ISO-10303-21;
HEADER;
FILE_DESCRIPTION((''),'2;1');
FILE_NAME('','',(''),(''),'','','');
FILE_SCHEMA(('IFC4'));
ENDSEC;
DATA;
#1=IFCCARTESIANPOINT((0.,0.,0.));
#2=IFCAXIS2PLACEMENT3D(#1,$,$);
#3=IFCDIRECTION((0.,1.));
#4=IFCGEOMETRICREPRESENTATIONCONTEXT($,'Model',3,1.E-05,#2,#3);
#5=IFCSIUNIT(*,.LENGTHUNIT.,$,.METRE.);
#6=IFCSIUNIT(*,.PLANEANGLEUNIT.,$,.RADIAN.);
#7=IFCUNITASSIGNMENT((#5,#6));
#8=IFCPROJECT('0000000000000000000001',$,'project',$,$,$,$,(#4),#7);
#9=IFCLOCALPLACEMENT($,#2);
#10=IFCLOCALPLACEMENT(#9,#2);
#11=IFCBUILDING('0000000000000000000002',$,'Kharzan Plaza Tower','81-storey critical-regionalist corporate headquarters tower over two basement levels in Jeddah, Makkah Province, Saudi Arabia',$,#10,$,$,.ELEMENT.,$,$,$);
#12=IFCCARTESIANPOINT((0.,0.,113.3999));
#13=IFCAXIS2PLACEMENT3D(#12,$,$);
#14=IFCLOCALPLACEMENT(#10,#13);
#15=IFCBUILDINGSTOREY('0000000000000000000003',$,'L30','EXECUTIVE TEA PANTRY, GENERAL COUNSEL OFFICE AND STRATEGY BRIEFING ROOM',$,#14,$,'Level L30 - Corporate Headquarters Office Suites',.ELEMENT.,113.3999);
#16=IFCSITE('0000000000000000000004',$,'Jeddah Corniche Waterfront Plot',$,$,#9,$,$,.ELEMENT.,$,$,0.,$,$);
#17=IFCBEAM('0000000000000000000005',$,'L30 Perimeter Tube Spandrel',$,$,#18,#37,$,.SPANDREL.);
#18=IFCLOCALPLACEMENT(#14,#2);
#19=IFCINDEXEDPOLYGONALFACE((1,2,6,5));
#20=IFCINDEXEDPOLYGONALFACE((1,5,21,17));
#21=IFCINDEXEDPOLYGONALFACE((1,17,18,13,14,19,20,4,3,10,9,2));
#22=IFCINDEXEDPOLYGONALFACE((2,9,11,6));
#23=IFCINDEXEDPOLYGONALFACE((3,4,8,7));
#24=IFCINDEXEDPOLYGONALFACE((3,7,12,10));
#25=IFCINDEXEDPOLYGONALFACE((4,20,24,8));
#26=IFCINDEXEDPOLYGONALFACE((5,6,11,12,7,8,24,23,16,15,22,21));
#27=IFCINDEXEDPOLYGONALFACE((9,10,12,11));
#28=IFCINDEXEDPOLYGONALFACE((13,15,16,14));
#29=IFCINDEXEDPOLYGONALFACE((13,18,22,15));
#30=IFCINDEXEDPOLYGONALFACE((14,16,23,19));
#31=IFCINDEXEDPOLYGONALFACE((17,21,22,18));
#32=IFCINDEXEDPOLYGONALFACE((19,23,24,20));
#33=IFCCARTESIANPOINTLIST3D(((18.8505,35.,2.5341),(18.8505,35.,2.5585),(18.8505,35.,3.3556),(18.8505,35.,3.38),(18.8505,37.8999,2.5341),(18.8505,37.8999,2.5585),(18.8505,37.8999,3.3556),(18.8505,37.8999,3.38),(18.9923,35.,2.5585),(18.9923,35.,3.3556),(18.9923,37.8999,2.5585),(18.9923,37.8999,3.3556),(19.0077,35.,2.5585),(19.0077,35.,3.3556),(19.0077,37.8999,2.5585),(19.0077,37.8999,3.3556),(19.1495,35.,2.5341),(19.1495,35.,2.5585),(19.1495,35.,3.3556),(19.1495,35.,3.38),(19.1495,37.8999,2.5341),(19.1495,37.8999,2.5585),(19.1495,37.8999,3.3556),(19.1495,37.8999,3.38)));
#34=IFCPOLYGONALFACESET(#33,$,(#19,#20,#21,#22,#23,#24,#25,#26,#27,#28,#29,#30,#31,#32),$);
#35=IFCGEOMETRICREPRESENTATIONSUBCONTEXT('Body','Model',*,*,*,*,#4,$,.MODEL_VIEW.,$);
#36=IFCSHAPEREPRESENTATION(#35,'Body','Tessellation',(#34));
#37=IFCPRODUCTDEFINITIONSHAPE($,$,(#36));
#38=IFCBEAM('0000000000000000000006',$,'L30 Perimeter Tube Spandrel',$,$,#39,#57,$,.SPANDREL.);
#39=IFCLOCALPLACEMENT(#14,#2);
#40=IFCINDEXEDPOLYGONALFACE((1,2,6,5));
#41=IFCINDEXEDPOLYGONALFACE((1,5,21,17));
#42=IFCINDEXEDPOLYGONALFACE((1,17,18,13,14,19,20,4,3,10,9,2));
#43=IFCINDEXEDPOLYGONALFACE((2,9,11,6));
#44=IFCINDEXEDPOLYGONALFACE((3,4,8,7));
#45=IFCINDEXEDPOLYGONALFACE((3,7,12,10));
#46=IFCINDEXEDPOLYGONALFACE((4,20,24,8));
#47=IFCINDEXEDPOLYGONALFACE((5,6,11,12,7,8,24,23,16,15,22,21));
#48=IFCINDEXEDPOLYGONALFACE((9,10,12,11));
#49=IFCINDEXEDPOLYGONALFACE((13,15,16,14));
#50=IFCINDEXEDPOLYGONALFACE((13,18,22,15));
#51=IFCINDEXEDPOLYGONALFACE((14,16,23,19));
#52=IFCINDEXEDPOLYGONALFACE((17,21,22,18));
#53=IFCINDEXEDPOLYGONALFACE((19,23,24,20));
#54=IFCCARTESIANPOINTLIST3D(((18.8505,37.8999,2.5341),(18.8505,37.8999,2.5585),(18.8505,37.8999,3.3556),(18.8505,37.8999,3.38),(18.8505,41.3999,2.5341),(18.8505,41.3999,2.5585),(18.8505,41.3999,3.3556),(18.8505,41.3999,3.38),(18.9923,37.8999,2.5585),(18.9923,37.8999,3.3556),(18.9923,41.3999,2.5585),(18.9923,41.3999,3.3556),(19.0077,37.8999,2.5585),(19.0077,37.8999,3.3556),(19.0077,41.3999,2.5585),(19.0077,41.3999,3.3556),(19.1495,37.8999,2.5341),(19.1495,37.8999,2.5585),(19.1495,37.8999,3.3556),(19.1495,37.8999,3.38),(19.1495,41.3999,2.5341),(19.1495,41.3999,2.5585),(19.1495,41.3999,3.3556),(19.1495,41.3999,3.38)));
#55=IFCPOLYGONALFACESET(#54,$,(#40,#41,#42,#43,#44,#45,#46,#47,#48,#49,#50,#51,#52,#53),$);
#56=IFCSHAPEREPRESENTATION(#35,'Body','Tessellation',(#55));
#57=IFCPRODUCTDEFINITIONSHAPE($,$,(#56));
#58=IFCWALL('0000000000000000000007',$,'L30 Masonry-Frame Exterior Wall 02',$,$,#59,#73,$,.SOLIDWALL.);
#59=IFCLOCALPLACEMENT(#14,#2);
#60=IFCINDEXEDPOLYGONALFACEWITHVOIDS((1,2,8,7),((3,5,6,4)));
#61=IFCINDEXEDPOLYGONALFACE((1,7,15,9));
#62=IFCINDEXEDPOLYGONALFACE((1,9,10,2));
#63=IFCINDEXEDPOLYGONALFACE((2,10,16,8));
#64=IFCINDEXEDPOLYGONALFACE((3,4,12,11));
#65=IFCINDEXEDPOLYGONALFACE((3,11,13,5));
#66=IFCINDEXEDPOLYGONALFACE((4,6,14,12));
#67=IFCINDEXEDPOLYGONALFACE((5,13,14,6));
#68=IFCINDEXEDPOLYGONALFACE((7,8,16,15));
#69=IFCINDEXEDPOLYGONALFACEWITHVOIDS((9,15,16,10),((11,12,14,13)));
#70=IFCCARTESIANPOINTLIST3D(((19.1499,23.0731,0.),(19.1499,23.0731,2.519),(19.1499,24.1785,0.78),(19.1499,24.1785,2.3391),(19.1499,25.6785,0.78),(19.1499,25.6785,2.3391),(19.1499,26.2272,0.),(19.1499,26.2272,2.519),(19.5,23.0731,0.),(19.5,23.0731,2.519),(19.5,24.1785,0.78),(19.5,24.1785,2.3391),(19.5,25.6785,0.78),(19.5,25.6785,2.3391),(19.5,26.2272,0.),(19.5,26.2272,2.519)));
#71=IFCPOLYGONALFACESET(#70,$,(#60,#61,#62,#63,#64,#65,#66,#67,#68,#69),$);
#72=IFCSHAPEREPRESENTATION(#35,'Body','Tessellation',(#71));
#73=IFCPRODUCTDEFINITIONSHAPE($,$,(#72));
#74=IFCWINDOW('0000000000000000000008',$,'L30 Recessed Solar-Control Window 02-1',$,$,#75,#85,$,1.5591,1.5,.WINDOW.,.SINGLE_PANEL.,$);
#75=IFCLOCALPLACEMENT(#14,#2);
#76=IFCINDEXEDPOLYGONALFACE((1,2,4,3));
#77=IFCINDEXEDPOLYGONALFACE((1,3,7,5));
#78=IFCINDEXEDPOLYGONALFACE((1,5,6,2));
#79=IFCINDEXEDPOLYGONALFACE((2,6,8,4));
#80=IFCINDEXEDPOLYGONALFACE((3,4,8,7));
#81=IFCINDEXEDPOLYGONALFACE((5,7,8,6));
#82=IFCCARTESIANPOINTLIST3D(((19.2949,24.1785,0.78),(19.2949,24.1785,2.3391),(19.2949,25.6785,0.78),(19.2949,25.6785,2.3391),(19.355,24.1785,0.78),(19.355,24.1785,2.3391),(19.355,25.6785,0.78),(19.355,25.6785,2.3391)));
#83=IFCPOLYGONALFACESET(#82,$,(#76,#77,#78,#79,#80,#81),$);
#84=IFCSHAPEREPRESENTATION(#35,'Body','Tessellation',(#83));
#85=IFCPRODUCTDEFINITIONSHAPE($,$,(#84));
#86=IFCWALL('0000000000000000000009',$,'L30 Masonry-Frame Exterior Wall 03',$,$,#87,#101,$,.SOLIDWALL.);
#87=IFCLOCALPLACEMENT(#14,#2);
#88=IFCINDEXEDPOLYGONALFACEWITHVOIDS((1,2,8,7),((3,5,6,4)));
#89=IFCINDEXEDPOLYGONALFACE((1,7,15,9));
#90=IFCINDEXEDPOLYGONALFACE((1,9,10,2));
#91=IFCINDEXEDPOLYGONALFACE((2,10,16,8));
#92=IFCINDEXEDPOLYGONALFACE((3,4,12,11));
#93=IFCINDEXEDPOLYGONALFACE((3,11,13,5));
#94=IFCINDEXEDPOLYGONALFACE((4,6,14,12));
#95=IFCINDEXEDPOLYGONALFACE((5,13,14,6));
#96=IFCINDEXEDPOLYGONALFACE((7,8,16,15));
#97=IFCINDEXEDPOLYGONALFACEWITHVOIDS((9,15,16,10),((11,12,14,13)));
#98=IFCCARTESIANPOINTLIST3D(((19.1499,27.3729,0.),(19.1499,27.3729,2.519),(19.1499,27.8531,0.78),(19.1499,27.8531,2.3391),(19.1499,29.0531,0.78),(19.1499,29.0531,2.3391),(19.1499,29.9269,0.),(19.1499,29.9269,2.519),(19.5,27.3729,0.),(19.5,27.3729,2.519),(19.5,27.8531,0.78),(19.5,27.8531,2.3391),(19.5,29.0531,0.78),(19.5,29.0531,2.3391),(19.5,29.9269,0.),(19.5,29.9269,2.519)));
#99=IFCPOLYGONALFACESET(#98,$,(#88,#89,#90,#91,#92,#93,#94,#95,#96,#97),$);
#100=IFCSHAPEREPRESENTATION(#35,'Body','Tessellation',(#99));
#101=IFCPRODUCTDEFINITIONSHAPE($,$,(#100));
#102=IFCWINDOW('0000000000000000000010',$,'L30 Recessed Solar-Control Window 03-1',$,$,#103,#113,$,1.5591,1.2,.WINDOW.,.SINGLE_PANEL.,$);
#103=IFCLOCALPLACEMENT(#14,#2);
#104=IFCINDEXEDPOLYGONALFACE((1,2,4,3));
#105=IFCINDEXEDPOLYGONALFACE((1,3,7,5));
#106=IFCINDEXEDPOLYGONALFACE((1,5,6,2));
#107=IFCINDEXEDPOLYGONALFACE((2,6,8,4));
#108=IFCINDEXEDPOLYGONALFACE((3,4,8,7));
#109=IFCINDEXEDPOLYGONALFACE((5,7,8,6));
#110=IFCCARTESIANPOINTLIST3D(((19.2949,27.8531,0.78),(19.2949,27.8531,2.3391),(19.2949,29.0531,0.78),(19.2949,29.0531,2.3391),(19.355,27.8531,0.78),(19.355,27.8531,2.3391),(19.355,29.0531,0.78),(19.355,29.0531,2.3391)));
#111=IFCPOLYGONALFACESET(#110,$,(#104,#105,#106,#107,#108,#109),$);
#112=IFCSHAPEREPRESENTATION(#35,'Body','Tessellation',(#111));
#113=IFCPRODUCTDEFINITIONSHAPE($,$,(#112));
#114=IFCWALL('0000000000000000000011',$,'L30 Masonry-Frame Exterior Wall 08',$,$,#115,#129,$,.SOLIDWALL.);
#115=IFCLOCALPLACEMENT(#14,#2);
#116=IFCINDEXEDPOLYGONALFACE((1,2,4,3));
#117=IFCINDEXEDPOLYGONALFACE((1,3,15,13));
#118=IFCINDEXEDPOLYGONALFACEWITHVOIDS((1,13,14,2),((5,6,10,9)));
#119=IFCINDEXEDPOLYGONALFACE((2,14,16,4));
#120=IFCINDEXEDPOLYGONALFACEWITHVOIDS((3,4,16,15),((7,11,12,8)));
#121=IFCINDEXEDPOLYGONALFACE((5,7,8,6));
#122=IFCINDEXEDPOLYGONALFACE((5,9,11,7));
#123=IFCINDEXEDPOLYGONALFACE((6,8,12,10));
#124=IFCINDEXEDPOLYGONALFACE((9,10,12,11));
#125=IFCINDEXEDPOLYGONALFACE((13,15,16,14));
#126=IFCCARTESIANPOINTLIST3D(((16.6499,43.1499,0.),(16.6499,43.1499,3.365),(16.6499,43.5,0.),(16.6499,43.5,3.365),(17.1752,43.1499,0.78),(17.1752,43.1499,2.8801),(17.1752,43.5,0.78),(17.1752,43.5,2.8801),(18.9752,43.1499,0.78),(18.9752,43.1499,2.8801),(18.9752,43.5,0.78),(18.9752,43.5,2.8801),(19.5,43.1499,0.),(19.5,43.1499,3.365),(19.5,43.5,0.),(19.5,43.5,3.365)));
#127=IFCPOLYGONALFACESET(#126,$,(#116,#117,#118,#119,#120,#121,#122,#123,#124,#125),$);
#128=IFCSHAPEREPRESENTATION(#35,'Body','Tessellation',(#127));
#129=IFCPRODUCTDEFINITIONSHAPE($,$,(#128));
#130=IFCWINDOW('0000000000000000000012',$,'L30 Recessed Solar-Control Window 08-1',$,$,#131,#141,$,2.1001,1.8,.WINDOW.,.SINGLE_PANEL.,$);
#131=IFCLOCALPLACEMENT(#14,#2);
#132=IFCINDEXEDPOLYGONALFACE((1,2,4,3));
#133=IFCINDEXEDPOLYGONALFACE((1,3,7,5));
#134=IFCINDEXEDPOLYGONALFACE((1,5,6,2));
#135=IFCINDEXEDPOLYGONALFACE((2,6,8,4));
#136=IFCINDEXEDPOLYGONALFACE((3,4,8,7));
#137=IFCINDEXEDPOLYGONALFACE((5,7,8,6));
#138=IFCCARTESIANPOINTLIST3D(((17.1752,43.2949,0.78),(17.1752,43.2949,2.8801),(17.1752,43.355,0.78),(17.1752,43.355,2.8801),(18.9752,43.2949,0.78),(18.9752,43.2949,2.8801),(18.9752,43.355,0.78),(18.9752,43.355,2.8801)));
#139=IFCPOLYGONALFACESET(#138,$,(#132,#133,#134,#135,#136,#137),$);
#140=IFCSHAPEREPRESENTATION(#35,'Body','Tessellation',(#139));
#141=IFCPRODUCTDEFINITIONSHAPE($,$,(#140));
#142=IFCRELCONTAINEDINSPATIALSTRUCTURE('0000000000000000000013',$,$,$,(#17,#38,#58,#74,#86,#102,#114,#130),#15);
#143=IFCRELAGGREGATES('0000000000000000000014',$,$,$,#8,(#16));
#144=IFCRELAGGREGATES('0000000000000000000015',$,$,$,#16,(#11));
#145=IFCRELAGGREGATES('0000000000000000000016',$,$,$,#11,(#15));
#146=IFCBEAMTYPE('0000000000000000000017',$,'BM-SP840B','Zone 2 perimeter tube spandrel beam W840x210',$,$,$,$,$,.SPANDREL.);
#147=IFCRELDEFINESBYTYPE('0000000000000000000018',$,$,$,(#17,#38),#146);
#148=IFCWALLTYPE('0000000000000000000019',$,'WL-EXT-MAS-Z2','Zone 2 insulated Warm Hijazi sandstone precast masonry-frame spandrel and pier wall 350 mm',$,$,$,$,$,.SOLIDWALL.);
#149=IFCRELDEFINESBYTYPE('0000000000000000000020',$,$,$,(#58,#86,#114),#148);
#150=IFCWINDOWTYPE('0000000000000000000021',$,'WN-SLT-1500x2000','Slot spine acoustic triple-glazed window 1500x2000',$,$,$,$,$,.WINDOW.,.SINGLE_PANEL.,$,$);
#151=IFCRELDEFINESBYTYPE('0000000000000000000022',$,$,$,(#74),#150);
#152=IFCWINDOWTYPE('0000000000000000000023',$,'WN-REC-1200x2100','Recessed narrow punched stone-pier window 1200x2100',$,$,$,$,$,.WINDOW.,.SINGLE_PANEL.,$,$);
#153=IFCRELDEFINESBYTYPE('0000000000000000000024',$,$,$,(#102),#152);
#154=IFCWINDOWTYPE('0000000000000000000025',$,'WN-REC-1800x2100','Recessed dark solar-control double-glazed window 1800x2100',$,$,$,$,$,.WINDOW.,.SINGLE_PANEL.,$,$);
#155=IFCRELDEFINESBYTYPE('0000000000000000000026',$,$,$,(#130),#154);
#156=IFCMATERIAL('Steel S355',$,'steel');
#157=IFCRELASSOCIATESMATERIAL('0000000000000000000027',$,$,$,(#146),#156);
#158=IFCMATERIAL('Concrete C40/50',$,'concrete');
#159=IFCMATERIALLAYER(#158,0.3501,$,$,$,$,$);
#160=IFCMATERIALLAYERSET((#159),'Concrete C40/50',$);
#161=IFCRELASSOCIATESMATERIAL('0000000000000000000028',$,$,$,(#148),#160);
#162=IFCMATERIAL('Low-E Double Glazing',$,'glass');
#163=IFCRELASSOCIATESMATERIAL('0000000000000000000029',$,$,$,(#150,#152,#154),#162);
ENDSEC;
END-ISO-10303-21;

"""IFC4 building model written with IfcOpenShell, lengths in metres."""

from ifc_helpers import new_model, si_unit, direction, frame, frame_2d, origin, origin_2d, place, context, subcontext, project, spatial, rectangle, i_section, extrude, source, transform, mapped, material, layer, layer_set, material_profile, profile_set, type_object, element, fill, save


model = new_model("IFC4")

# Units and contexts
model_context = context("Model", 3, precision=1e-05, world=origin(), true_north=direction((0.0, 1.0)))
body_context = subcontext(model_context, "Body", "Model", "MODEL_VIEW")
ifc_project = project(units=[si_unit("LENGTHUNIT", "METRE"), si_unit("PLANEANGLEUNIT", "RADIAN")], contexts=[model_context])

# Site, building, storey
site_placement = place(None, origin())
site = spatial("IfcSite", under=ifc_project, at=site_placement, Name="Jeddah Corniche Waterfront Plot", CompositionType="ELEMENT", RefElevation=0.0)
building_placement = place(site_placement, origin())
building = spatial("IfcBuilding", under=site, at=building_placement, Name="Kharzan Plaza Tower", Description="81-storey critical-regionalist corporate headquarters tower over two basement levels in Jeddah, Makkah Province, Saudi Arabia", CompositionType="ELEMENT")
storey_placement = place(building_placement, frame((0.0, 0.0, 113.3999)))
storey = spatial("IfcBuildingStorey", under=building, at=storey_placement, Name="L30", Description="EXECUTIVE TEA PANTRY, GENERAL COUNSEL OFFICE AND STRATEGY BRIEFING ROOM", LongName="Level L30 - Corporate Headquarters Office Suites", CompositionType="ELEMENT", Elevation=113.3999)

# Beams
ifc_material_1 = material(Name="Steel S355", Category="steel")
ifc_material_profile_1 = material_profile(ifc_material_1, i_section(OverallWidth=0.2991, OverallDepth=0.8459, WebThickness=0.0154, FlangeThickness=0.0244, at=origin_2d()), Name="W840x210")
ifc_profile_set_1 = profile_set([ifc_material_profile_1], Name="Steel S355")
beam_type = type_object("IfcBeamType", Name="BM-SP840B", Description="Zone 2 perimeter tube spandrel beam W840x210", PredefinedType="SPANDREL", material=ifc_profile_set_1)
shared_shape_1 = source(origin(), body_context, "Body", "SweptSolid", [
    extrude(i_section(OverallWidth=0.2991, OverallDepth=0.8459, WebThickness=0.0154, FlangeThickness=0.0244, at=origin_2d()), origin(), (0.0, 0.0, 1.0), 2.8999),
])
beam_1_placement = place(storey_placement, frame((19.0, 35.0, 2.957), z_axis=(0.0, 1.0, 0.0), x_axis=(-1.0, 0.0, 0.0)))
element("IfcBeam", 1, at=beam_1_placement, inside=storey, type_object=beam_type, Name="L30 Perimeter Tube Spandrel", PredefinedType="SPANDREL", context=body_context, shape_type="MappedRepresentation", body=[
    mapped(shared_shape_1, transform((0.0, 0.0, 0.0), x_axis=(1.0, 0.0, 0.0), y_axis=(0.0, 1.0, 0.0), z_axis=(0.0, 0.0, 1.0))),
])
shared_shape_2 = source(origin(), body_context, "Body", "SweptSolid", [
    extrude(i_section(OverallWidth=0.2991, OverallDepth=0.8459, WebThickness=0.0154, FlangeThickness=0.0244, at=origin_2d()), origin(), (0.0, 0.0, 1.0), 3.5),
])
beam_2_placement = place(storey_placement, frame((19.0, 37.8999, 2.957), z_axis=(0.0, 1.0, 0.0), x_axis=(-1.0, 0.0, 0.0)))
element("IfcBeam", 2, at=beam_2_placement, inside=storey, type_object=beam_type, Name="L30 Perimeter Tube Spandrel", PredefinedType="SPANDREL", context=body_context, shape_type="MappedRepresentation", body=[
    mapped(shared_shape_2, transform((0.0, 0.0, 0.0), x_axis=(1.0, 0.0, 0.0), y_axis=(0.0, 1.0, 0.0), z_axis=(0.0, 0.0, 1.0))),
])

# Walls, openings, windows
ifc_material_2 = material(Name="Concrete C40/50", Category="concrete")
ifc_layer_1 = layer(ifc_material_2, 0.3501)
ifc_layer_set_1 = layer_set([ifc_layer_1], Name="Concrete C40/50")
wall_type_1 = type_object("IfcWallType", Name="WL-EXT-MAS-Z2", Description="Zone 2 insulated Warm Hijazi sandstone precast masonry-frame spandrel and pier wall 350 mm", PredefinedType="SOLIDWALL", material=ifc_layer_set_1)
wall_1_placement = place(storey_placement, frame((19.325, 23.073, 0.0), z_axis=(0.0, 0.0, 1.0), x_axis=(0.0, 1.0, 0.0)))
wall_1 = element("IfcWall", 3, at=wall_1_placement, inside=storey, type_object=wall_type_1, Name="L30 Masonry-Frame Exterior Wall 02", PredefinedType="SOLIDWALL", context=body_context, shape_type="SweptSolid", body=[
    extrude(rectangle(XDim=3.1541, YDim=0.3501, at=frame_2d((1.5771, 0.0))), origin(), (0.0, 0.0, 1.0), 2.519),
])
opening_1_placement = place(wall_1_placement, frame((1.1055, 0.0, 0.78)))
opening_1 = element("IfcOpeningElement", 4, at=opening_1_placement, cuts=wall_1, PredefinedType="OPENING", context=body_context, shape_type="SweptSolid", body=[
    extrude(rectangle(XDim=1.5, YDim=1.5591, at=frame_2d((0.75, 0.7795))), frame((0.0, 0.1851, 0.0), z_axis=(0.0, -1.0, 0.0), x_axis=(1.0, 0.0, 0.0)), (0.0, 0.0, 1.0), 0.3701),
])
ifc_material_3 = material(Name="Low-E Double Glazing", Category="glass")
window_type_1 = type_object("IfcWindowType", Name="WN-SLT-1500x2000", Description="Slot spine acoustic triple-glazed window 1500x2000", PartitioningType="SINGLE_PANEL", PredefinedType="WINDOW", material=ifc_material_3)
shared_shape_3 = source(origin(), body_context, "Body", "SweptSolid", [
    extrude(rectangle(XDim=1.5, YDim=1.5591, at=frame_2d((0.75, 0.7795))), frame((0.0, 0.03, 0.0), z_axis=(0.0, -1.0, 0.0), x_axis=(1.0, 0.0, 0.0)), (0.0, 0.0, 1.0), 0.0601),
])
window_1_placement = place(opening_1_placement, origin())
window_1 = element("IfcWindow", 5, at=window_1_placement, inside=storey, type_object=window_type_1, Name="L30 Recessed Solar-Control Window 02-1", OverallHeight=1.5591, OverallWidth=1.5, PartitioningType="SINGLE_PANEL", PredefinedType="WINDOW", context=body_context, shape_type="MappedRepresentation", body=[
    mapped(shared_shape_3, transform((0.0, 0.0, 0.0), x_axis=(1.0, 0.0, 0.0), y_axis=(0.0, 1.0, 0.0), z_axis=(0.0, 0.0, 1.0))),
])
fill(opening_1, window_1)
wall_2_placement = place(storey_placement, frame((19.325, 27.373, 0.0), z_axis=(0.0, 0.0, 1.0), x_axis=(0.0, 1.0, 0.0)))
wall_2 = element("IfcWall", 6, at=wall_2_placement, inside=storey, type_object=wall_type_1, Name="L30 Masonry-Frame Exterior Wall 03", PredefinedType="SOLIDWALL", context=body_context, shape_type="SweptSolid", body=[
    extrude(rectangle(XDim=2.554, YDim=0.3501, at=frame_2d((1.2769, 0.0))), origin(), (0.0, 0.0, 1.0), 2.519),
])
opening_2_placement = place(wall_2_placement, frame((0.48, 0.0, 0.78)))
opening_2 = element("IfcOpeningElement", 7, at=opening_2_placement, cuts=wall_2, PredefinedType="OPENING", context=body_context, shape_type="SweptSolid", body=[
    extrude(rectangle(XDim=1.2, YDim=1.5591, at=frame_2d((0.6001, 0.7795))), frame((0.0, 0.1851, 0.0), z_axis=(0.0, -1.0, 0.0), x_axis=(1.0, 0.0, 0.0)), (0.0, 0.0, 1.0), 0.3701),
])
window_type_2 = type_object("IfcWindowType", Name="WN-REC-1200x2100", Description="Recessed narrow punched stone-pier window 1200x2100", PartitioningType="SINGLE_PANEL", PredefinedType="WINDOW", material=ifc_material_3)
shared_shape_4 = source(origin(), body_context, "Body", "SweptSolid", [
    extrude(rectangle(XDim=1.2, YDim=1.5591, at=frame_2d((0.6001, 0.7795))), frame((0.0, 0.03, 0.0), z_axis=(0.0, -1.0, 0.0), x_axis=(1.0, 0.0, 0.0)), (0.0, 0.0, 1.0), 0.0601),
])
window_2_placement = place(opening_2_placement, origin())
window_2 = element("IfcWindow", 8, at=window_2_placement, inside=storey, type_object=window_type_2, Name="L30 Recessed Solar-Control Window 03-1", OverallHeight=1.5591, OverallWidth=1.2, PartitioningType="SINGLE_PANEL", PredefinedType="WINDOW", context=body_context, shape_type="MappedRepresentation", body=[
    mapped(shared_shape_4, transform((0.0, 0.0, 0.0), x_axis=(1.0, 0.0, 0.0), y_axis=(0.0, 1.0, 0.0), z_axis=(0.0, 0.0, 1.0))),
])
fill(opening_2, window_2)

# Wall, opening, window
wall_3_placement = place(storey_placement, frame((19.5, 43.325, 0.0), z_axis=(0.0, 0.0, 1.0), x_axis=(-1.0, 0.0, 0.0)))
wall_3 = element("IfcWall", 9, at=wall_3_placement, inside=storey, type_object=wall_type_1, Name="L30 Masonry-Frame Exterior Wall 08", PredefinedType="SOLIDWALL", context=body_context, shape_type="SweptSolid", body=[
    extrude(rectangle(XDim=2.8501, YDim=0.3501, at=frame_2d((1.425, 0.0))), origin(), (0.0, 0.0, 1.0), 3.365),
])
opening_3_placement = place(wall_3_placement, frame((0.5249, 0.0, 0.78)))
opening_3 = element("IfcOpeningElement", 10, at=opening_3_placement, cuts=wall_3, PredefinedType="OPENING", context=body_context, shape_type="SweptSolid", body=[
    extrude(rectangle(XDim=1.8, YDim=2.1001, at=frame_2d((0.8999, 1.05))), frame((0.0, 0.1851, 0.0), z_axis=(0.0, -1.0, 0.0), x_axis=(1.0, 0.0, 0.0)), (0.0, 0.0, 1.0), 0.3701),
])
window_type_3 = type_object("IfcWindowType", Name="WN-REC-1800x2100", Description="Recessed dark solar-control double-glazed window 1800x2100", PartitioningType="SINGLE_PANEL", PredefinedType="WINDOW", material=ifc_material_3)
shared_shape_5 = source(origin(), body_context, "Body", "SweptSolid", [
    extrude(rectangle(XDim=1.8, YDim=2.1001, at=frame_2d((0.8999, 1.05))), frame((0.0, 0.03, 0.0), z_axis=(0.0, -1.0, 0.0), x_axis=(1.0, 0.0, 0.0)), (0.0, 0.0, 1.0), 0.0601),
])
window_3_placement = place(opening_3_placement, origin())
window_3 = element("IfcWindow", 11, at=window_3_placement, inside=storey, type_object=window_type_3, Name="L30 Recessed Solar-Control Window 08-1", OverallHeight=2.1001, OverallWidth=1.8, PartitioningType="SINGLE_PANEL", PredefinedType="WINDOW", context=body_context, shape_type="MappedRepresentation", body=[
    mapped(shared_shape_5, transform((0.0, 0.0, 0.0), x_axis=(1.0, 0.0, 0.0), y_axis=(0.0, 1.0, 0.0), z_axis=(0.0, 0.0, 1.0))),
])
fill(opening_3, window_3)

save(model, "model.ifc")
